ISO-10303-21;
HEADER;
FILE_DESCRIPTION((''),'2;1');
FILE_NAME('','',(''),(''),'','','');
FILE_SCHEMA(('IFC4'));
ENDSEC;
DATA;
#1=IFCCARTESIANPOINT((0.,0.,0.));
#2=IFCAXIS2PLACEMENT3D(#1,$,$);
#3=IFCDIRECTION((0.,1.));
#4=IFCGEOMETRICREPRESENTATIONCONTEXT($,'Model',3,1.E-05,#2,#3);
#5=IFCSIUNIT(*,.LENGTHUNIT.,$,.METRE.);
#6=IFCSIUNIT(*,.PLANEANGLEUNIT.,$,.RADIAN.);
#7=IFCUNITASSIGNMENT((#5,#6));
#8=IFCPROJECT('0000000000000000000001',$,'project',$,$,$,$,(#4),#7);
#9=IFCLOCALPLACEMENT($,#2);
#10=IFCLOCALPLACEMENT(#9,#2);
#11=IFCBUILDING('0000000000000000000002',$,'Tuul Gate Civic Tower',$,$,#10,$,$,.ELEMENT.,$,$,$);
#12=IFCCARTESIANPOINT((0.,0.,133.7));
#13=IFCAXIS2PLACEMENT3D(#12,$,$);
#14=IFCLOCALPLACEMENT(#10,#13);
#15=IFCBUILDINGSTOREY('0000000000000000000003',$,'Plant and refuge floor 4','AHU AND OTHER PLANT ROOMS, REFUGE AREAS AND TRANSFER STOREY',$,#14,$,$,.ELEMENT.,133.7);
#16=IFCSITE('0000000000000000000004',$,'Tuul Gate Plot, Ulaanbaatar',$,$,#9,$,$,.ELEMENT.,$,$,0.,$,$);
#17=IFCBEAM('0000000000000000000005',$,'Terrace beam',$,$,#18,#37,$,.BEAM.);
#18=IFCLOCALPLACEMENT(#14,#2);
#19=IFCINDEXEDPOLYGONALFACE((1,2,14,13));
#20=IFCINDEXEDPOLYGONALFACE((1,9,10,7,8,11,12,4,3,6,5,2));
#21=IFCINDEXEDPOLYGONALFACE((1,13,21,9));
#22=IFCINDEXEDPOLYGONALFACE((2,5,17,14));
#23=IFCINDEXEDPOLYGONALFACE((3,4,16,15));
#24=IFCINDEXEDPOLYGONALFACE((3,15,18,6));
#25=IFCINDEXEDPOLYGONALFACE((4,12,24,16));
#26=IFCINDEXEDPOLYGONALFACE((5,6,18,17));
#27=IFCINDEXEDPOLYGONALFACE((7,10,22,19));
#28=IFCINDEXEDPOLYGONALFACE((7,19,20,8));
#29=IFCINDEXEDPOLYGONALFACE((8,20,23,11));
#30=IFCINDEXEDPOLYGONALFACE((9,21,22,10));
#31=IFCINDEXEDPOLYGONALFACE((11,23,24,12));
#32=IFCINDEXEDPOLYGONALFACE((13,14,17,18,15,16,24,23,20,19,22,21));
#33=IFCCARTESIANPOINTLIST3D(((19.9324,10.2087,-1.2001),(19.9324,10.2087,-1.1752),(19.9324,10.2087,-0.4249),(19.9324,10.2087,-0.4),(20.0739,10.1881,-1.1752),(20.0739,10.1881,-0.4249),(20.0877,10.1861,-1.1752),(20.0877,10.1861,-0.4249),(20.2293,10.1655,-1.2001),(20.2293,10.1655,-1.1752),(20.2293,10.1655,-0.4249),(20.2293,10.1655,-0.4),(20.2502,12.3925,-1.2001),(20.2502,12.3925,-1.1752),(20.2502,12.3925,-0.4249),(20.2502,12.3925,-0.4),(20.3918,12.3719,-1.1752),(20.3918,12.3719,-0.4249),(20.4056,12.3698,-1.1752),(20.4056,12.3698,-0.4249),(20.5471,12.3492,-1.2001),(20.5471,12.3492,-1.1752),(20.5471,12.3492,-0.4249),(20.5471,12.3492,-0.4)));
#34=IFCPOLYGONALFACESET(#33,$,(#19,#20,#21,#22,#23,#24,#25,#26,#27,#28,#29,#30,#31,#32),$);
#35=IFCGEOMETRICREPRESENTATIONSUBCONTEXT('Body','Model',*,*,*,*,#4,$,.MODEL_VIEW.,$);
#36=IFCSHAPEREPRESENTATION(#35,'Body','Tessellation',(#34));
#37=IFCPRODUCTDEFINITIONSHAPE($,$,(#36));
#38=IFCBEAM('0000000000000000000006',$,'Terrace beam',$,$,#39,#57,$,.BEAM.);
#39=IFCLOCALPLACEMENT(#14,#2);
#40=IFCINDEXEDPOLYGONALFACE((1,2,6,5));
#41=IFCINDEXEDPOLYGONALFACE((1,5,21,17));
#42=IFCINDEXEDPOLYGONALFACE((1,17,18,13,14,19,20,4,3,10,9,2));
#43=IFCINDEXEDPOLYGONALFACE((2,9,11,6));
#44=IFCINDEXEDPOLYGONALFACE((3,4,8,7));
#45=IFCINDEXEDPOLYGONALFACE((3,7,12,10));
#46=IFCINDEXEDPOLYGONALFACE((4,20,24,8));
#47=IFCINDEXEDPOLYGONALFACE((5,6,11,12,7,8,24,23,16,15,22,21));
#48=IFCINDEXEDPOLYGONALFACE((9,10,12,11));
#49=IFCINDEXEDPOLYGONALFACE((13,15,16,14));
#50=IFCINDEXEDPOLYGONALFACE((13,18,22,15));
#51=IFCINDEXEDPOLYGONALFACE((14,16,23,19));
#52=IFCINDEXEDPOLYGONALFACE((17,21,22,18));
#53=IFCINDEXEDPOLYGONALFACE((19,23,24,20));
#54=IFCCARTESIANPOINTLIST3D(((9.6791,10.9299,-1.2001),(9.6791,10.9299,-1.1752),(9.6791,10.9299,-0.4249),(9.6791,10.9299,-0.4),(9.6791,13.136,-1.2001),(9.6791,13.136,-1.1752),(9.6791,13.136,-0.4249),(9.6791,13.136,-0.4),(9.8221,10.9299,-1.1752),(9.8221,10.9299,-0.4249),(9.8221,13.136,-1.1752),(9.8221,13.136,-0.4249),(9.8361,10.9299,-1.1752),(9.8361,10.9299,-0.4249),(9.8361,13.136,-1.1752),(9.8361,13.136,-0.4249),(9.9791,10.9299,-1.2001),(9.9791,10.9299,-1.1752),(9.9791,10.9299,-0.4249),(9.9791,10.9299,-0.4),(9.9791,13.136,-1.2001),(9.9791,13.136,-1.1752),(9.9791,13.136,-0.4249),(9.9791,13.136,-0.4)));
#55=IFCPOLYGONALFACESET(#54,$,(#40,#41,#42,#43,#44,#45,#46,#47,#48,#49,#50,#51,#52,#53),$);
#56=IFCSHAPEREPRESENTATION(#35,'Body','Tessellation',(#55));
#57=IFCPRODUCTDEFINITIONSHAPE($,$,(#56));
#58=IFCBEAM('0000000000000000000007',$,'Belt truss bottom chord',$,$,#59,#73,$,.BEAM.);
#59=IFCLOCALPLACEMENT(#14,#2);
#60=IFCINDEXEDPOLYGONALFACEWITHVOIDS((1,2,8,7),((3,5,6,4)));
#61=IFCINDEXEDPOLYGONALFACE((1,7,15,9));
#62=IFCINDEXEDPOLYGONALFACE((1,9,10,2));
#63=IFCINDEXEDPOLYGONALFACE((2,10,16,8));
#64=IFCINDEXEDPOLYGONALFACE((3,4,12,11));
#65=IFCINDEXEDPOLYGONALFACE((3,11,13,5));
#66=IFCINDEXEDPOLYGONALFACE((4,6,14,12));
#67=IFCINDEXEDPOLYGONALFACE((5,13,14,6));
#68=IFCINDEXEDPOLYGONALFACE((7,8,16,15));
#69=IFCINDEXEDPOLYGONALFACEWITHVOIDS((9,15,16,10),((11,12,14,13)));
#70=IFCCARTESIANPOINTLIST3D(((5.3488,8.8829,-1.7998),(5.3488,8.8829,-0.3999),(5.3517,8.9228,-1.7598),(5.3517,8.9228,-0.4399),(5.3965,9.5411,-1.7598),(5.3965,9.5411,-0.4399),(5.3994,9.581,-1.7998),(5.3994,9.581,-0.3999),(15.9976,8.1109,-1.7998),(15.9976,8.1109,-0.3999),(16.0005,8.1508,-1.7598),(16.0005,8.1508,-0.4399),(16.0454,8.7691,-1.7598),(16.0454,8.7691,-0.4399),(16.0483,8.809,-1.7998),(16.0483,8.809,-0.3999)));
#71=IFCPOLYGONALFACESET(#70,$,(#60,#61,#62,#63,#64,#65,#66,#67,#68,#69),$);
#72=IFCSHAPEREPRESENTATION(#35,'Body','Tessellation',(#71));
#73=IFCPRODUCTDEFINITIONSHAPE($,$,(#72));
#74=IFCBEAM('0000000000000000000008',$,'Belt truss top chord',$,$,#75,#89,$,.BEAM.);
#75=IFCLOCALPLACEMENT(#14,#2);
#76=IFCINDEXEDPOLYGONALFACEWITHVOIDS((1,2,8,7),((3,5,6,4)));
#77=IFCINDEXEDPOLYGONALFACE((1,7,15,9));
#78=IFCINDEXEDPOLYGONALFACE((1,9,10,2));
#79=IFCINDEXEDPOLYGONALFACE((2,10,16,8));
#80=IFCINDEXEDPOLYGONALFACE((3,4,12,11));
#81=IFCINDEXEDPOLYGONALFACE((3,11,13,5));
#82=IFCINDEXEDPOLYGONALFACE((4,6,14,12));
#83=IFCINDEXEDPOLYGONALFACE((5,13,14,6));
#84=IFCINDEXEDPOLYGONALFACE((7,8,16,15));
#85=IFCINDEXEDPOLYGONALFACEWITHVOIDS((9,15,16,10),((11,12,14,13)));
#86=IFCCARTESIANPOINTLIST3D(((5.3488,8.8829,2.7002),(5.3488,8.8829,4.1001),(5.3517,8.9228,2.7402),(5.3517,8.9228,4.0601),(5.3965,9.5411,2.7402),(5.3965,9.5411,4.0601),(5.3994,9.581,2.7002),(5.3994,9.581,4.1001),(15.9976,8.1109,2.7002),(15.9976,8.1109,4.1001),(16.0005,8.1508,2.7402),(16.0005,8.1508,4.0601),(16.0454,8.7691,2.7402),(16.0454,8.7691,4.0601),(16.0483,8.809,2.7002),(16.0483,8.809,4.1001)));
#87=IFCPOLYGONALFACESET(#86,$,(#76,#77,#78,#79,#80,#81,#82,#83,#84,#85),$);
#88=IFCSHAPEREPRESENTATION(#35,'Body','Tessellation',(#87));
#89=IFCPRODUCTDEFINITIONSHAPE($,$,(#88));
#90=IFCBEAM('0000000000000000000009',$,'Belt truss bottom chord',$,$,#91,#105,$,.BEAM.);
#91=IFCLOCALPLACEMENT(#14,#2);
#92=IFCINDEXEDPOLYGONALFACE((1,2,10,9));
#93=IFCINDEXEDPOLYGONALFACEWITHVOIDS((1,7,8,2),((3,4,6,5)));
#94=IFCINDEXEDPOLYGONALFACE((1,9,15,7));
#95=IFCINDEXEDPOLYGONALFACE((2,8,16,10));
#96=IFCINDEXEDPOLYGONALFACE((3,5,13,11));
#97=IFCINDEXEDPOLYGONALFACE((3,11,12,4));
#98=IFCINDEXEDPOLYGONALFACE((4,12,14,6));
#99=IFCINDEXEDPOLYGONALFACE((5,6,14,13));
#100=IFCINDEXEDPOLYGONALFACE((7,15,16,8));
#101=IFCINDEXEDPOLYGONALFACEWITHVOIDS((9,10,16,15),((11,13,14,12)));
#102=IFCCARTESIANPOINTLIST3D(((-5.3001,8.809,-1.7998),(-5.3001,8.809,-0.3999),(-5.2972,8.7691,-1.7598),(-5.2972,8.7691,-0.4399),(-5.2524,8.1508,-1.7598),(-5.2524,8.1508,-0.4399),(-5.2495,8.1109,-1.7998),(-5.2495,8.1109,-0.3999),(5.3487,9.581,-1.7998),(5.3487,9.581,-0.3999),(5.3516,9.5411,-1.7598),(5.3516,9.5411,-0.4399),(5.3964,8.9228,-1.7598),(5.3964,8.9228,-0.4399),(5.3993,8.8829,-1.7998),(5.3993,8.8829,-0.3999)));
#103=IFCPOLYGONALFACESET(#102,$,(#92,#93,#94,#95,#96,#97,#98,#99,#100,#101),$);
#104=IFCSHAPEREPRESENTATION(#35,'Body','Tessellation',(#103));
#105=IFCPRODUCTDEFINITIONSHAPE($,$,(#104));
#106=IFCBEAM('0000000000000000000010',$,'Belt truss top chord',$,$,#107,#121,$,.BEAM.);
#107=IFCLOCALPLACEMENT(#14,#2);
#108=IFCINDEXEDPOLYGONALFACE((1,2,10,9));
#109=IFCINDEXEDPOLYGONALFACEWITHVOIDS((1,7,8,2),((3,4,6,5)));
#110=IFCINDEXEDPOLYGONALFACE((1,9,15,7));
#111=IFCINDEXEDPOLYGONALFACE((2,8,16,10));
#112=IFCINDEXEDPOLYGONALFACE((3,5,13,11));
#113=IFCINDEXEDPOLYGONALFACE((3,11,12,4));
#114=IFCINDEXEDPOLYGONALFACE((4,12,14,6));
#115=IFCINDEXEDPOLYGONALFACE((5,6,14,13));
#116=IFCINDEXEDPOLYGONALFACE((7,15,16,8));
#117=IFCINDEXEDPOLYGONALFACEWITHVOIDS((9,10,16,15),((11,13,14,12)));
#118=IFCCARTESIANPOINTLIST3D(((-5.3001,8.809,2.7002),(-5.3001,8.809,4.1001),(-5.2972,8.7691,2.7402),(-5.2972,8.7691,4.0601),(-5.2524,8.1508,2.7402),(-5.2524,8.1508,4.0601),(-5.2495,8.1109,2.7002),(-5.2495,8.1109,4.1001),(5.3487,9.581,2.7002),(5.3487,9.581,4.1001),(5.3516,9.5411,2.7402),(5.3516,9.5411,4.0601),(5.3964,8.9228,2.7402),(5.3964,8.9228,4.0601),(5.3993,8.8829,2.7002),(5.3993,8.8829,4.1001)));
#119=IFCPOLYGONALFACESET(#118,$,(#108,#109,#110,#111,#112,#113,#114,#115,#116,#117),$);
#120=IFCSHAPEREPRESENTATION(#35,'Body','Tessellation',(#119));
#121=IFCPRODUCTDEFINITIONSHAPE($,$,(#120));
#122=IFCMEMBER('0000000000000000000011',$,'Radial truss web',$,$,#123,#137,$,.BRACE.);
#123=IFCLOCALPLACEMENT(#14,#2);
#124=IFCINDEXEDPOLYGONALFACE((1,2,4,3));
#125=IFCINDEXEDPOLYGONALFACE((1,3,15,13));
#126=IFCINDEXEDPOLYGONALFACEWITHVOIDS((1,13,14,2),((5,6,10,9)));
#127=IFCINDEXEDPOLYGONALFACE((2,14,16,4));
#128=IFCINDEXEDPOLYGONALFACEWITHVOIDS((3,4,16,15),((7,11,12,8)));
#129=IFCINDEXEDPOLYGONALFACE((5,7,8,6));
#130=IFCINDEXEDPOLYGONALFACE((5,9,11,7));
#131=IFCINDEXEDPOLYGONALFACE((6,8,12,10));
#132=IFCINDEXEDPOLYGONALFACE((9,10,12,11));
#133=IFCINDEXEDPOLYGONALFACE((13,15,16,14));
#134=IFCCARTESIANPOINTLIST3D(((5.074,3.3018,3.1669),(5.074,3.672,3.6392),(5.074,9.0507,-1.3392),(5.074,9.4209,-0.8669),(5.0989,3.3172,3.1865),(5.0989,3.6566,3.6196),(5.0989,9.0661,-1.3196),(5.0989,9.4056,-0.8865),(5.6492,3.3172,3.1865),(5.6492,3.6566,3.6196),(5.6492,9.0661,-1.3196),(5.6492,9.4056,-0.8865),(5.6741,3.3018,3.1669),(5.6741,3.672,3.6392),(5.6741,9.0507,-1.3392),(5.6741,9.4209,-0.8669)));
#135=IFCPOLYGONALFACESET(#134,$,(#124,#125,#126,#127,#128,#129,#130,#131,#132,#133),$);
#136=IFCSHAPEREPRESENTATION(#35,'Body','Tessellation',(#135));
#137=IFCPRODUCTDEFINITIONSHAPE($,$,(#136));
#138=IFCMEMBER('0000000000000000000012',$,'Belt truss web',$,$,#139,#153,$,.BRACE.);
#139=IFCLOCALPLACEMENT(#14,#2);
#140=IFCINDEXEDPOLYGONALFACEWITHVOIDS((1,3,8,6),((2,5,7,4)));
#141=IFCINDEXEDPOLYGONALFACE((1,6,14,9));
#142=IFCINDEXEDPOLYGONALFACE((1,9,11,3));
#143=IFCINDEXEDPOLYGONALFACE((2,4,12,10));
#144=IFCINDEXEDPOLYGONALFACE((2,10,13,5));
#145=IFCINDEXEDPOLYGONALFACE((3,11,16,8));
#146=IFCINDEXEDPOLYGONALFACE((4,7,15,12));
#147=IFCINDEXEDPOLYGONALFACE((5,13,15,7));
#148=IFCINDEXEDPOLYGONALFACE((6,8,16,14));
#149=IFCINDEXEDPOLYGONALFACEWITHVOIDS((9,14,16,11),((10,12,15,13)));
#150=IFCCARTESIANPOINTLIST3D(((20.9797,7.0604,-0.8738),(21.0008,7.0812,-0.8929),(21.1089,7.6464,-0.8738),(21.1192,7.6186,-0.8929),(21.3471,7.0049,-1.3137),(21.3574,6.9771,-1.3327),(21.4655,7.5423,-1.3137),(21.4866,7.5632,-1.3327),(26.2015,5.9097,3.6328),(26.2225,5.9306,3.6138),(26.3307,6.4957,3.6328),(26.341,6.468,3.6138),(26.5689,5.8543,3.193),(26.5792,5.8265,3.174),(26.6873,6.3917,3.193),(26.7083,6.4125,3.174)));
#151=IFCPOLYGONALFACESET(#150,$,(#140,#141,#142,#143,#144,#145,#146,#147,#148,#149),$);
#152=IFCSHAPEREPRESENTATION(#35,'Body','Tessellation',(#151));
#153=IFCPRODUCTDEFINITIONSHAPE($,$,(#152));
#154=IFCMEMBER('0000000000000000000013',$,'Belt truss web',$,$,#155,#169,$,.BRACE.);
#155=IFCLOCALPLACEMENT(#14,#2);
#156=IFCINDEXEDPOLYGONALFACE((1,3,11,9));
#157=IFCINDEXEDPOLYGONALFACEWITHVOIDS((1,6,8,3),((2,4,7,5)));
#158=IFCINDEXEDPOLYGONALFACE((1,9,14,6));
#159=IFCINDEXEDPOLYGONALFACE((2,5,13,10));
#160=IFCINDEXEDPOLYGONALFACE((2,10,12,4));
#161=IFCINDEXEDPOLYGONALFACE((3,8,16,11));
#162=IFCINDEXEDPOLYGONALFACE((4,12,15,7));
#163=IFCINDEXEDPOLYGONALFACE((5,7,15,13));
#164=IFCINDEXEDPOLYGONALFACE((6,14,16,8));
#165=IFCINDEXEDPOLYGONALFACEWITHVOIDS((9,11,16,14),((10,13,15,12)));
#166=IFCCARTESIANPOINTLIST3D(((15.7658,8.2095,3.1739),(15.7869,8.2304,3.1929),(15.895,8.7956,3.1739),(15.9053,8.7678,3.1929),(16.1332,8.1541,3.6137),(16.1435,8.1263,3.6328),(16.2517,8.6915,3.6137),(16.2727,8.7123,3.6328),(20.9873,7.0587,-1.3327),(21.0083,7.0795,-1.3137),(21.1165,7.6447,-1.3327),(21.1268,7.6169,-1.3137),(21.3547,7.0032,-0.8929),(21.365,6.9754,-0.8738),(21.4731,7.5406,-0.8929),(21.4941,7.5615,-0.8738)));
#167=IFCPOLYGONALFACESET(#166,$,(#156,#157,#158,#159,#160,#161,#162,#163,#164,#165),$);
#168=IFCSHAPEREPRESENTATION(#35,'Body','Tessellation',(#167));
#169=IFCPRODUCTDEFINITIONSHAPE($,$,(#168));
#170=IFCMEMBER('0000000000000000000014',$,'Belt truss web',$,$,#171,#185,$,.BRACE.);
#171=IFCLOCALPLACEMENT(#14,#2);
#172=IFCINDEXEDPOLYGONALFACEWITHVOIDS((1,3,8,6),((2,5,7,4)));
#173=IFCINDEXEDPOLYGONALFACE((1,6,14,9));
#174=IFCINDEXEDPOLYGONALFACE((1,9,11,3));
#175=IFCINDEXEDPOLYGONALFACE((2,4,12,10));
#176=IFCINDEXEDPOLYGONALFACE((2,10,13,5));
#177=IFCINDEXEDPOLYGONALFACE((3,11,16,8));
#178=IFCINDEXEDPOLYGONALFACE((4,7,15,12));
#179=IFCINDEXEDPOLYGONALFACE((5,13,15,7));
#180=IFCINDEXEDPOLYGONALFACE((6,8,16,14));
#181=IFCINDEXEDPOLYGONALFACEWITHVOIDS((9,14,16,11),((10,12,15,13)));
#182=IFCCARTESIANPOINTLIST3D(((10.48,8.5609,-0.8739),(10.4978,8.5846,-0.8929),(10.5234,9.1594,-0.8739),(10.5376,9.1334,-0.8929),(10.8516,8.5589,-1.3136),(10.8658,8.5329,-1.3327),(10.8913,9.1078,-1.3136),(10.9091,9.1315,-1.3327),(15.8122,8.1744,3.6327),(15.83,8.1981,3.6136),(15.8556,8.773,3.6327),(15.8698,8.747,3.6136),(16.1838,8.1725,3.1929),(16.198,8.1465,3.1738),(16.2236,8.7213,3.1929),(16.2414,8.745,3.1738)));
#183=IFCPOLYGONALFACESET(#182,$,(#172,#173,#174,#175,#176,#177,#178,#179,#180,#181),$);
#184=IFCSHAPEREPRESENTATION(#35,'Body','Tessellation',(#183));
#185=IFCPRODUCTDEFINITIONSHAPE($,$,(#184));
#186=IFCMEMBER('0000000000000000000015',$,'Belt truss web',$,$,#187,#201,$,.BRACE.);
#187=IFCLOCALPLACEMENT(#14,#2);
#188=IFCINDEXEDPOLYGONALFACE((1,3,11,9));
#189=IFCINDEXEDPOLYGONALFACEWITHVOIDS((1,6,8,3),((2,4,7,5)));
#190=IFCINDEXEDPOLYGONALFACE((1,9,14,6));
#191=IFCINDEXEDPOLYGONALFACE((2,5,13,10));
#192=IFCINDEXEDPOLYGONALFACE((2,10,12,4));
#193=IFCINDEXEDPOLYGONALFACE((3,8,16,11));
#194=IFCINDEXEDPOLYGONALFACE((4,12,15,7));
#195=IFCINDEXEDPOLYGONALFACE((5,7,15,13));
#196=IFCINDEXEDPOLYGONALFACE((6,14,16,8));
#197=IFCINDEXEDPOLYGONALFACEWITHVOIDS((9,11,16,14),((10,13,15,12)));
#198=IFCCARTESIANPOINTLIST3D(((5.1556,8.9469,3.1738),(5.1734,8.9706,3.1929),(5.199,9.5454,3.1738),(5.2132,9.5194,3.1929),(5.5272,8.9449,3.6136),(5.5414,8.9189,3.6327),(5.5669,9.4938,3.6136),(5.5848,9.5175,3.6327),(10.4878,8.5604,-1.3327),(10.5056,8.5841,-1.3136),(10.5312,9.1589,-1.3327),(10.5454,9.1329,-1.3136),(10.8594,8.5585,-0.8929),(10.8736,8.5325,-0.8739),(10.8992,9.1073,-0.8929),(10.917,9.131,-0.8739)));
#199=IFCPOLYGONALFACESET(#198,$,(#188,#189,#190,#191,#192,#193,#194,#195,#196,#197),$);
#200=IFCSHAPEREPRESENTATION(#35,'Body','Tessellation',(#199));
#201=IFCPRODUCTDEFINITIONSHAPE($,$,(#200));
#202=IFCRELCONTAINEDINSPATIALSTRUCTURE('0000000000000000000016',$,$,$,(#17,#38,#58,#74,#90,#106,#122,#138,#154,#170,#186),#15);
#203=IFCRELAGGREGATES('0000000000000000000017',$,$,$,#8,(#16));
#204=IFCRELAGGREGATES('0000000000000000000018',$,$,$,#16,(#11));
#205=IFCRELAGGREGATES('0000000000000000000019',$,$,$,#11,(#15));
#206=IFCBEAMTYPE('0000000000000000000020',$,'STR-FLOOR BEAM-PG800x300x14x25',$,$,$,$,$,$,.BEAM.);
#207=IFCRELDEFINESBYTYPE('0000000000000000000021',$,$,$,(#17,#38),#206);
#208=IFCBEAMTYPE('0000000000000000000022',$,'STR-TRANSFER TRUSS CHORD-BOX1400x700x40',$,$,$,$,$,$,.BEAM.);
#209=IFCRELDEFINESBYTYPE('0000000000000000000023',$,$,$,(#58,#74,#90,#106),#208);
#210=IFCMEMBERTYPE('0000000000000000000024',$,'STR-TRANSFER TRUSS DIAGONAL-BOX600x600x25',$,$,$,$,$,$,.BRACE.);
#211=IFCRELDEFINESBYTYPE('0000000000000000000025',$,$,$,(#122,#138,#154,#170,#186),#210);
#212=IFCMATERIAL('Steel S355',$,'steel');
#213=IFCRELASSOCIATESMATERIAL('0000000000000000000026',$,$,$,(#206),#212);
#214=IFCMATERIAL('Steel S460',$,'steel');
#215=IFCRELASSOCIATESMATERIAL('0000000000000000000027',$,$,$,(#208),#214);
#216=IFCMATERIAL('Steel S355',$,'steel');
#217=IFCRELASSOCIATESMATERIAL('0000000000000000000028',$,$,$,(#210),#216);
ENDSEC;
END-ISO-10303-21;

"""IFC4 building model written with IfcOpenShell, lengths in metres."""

from ifc_helpers import new_model, si_unit, direction, frame, origin, origin_2d, place, context, subcontext, project, spatial, hollow_rectangle, i_section, extrude, material, material_profile, profile_set, type_object, element, save


model = new_model("IFC4")

# Units and contexts
model_context = context("Model", 3, precision=1e-05, world=origin(), true_north=direction((0.0, 1.0)))
body_context = subcontext(model_context, "Body", "Model", "MODEL_VIEW")
ifc_project = project(units=[si_unit("LENGTHUNIT", "METRE"), si_unit("PLANEANGLEUNIT", "RADIAN")], contexts=[model_context])

# Site, building, storey
site_placement = place(None, origin())
site = spatial("IfcSite", under=ifc_project, at=site_placement, Name="Tuul Gate Plot, Ulaanbaatar", CompositionType="ELEMENT", RefElevation=0.0)
building_placement = place(site_placement, origin())
building = spatial("IfcBuilding", under=site, at=building_placement, Name="Tuul Gate Civic Tower", CompositionType="ELEMENT")
storey_placement = place(building_placement, frame((0.0, 0.0, 133.7)))
storey = spatial("IfcBuildingStorey", under=building, at=storey_placement, Name="Plant and refuge floor 4", Description="AHU AND OTHER PLANT ROOMS, REFUGE AREAS AND TRANSFER STOREY", CompositionType="ELEMENT", Elevation=133.7)

# Beams
ifc_material_1 = material(Name="Steel S355", Category="steel")
ifc_material_profile_1 = material_profile(ifc_material_1, i_section(OverallWidth=0.3, OverallDepth=0.8, WebThickness=0.0139, FlangeThickness=0.0249, at=origin_2d()), Name="PG800x300x14x25")
ifc_profile_set_1 = profile_set([ifc_material_profile_1], Name="Steel S355")
beam_type_1 = type_object("IfcBeamType", Name="STR-FLOOR BEAM-PG800x300x14x25", PredefinedType="BEAM", material=ifc_profile_set_1)
beam_1_placement = place(storey_placement, frame((20.3987, 12.3708, -0.8), z_axis=(-0.144038, -0.989572, 0.0), x_axis=(0.989572, -0.144038, 0.0)))
element("IfcBeam", 1, at=beam_1_placement, inside=storey, type_object=beam_type_1, Name="Terrace beam", PredefinedType="BEAM", context=body_context, shape_type="SweptSolid", body=[
    extrude(i_section(OverallWidth=0.3, OverallDepth=0.8, WebThickness=0.0139, FlangeThickness=0.0249, at=origin_2d()), origin(), (0.0, 0.0, 1.0), 2.2068),
])
beam_2_placement = place(storey_placement, frame((9.8291, 13.136, -0.8), z_axis=(0.0, -1.0, 0.0), x_axis=(1.0, 0.0, 0.0)))
element("IfcBeam", 2, at=beam_2_placement, inside=storey, type_object=beam_type_1, Name="Terrace beam", PredefinedType="BEAM", context=body_context, shape_type="SweptSolid", body=[
    extrude(i_section(OverallWidth=0.3, OverallDepth=0.8, WebThickness=0.0139, FlangeThickness=0.0249, at=origin_2d()), origin(), (0.0, 0.0, 1.0), 2.2061),
])
ifc_material_2 = material(Name="Steel S460", Category="steel")
ifc_material_profile_2 = material_profile(ifc_material_2, hollow_rectangle(XDim=0.7, YDim=1.3999, WallThickness=0.04, at=origin_2d()), Name="BOX1400x700x40")
ifc_profile_set_2 = profile_set([ifc_material_profile_2], Name="Steel S460")
beam_type_2 = type_object("IfcBeamType", Name="STR-TRANSFER TRUSS CHORD-BOX1400x700x40", PredefinedType="BEAM", material=ifc_profile_set_2)
for number, where, z_axis, x_axis, name in (
    (3, (16.0229, 8.46, -1.0999), (-0.997383, 0.072303, 0.0), (-0.072303, -0.997383, 0.0), "Belt truss bottom chord"),
    (4, (16.0229, 8.46, 3.4001), (-0.997383, 0.072303, 0.0), (-0.072303, -0.997383, 0.0), "Belt truss top chord"),
    (5, (5.374, 9.2319, -1.0999), (-0.997383, -0.072303, 0.0), (0.072303, -0.997383, 0.0), "Belt truss bottom chord"),
    (6, (5.374, 9.2319, 3.4001), (-0.997383, -0.072303, 0.0), (0.072303, -0.997383, 0.0), "Belt truss top chord"),
):
    element("IfcBeam", number, at=place(storey_placement, frame(where, z_axis=z_axis, x_axis=x_axis)), inside=storey, type_object=beam_type_2, Name=name, PredefinedType="BEAM", context=body_context, shape_type="SweptSolid", body=[
        extrude(hollow_rectangle(XDim=0.7, YDim=1.3999, WallThickness=0.04, at=origin_2d()), origin(), (0.0, 0.0, 1.0), 10.6768),
    ])

# Members
ifc_material_3 = material(Name="Steel S355", Category="steel")
ifc_material_profile_3 = material_profile(ifc_material_3, hollow_rectangle(XDim=0.6001, YDim=0.6001, WallThickness=0.0249, at=origin_2d()), Name="BOX600x600x25")
ifc_profile_set_3 = profile_set([ifc_material_profile_3], Name="Steel S355")
member_type_1 = type_object("IfcMemberType", Name="STR-TRANSFER TRUSS DIAGONAL-BOX600x600x25", PredefinedType="BRACE", material=ifc_profile_set_3)
member_1_placement = place(storey_placement, frame((5.374, 9.2358, -1.103), z_axis=(0.0, -0.787048, 0.616891), x_axis=(1.0, 0.0, 0.0)))
element("IfcMember", 7, at=member_1_placement, inside=storey, type_object=member_type_1, Name="Radial truss web", PredefinedType="BRACE", context=body_context, shape_type="SweptSolid", body=[
    extrude(hollow_rectangle(XDim=0.6001, YDim=0.6001, WallThickness=0.0249, at=origin_2d()), origin(), (0.0, 0.0, 1.0), 7.3044),
])
member_2_placement = place(storey_placement, frame((21.2332, 7.3118, -1.1033), z_axis=(0.746722, -0.164546, 0.644462), x_axis=(0.215195, 0.976571, 0.0)))
element("IfcMember", 8, at=member_2_placement, inside=storey, type_object=member_type_1, Name="Belt truss web", PredefinedType="BRACE", context=body_context, shape_type="SweptSolid", body=[
    extrude(hollow_rectangle(XDim=0.6001, YDim=0.6001, WallThickness=0.0249, at=origin_2d()), origin(), (0.0, 0.0, 1.0), 6.9929),
])
member_3_placement = place(storey_placement, frame((21.2407, 7.3101, -1.1033), z_axis=(-0.746702, 0.164584, 0.644475), x_axis=(-0.215248, -0.976559, 0.0)))
element("IfcMember", 9, at=member_3_placement, inside=storey, type_object=member_type_1, Name="Belt truss web", PredefinedType="BRACE", context=body_context, shape_type="SweptSolid", body=[
    extrude(hollow_rectangle(XDim=0.6001, YDim=0.6001, WallThickness=0.0249, at=origin_2d()), origin(), (0.0, 0.0, 1.0), 6.9927),
])
for number, where, z_axis, x_axis, name in (
    (10, (10.6946, 8.8462, -1.1033), (0.762595, -0.055272, 0.64451), (0.072289, 0.997384, 0.0), "Belt truss web"),
    (11, (10.7024, 8.8457, -1.1033), (-0.762595, 0.055272, 0.64451), (-0.072289, -0.997384, 0.0), "Belt truss web"),
):
    element("IfcMember", number, at=place(storey_placement, frame(where, z_axis=z_axis, x_axis=x_axis)), inside=storey, type_object=member_type_1, Name=name, PredefinedType="BRACE", context=body_context, shape_type="SweptSolid", body=[
        extrude(hollow_rectangle(XDim=0.6001, YDim=0.6001, WallThickness=0.0249, at=origin_2d()), origin(), (0.0, 0.0, 1.0), 6.9922),
    ])

save(model, "model.ifc")
